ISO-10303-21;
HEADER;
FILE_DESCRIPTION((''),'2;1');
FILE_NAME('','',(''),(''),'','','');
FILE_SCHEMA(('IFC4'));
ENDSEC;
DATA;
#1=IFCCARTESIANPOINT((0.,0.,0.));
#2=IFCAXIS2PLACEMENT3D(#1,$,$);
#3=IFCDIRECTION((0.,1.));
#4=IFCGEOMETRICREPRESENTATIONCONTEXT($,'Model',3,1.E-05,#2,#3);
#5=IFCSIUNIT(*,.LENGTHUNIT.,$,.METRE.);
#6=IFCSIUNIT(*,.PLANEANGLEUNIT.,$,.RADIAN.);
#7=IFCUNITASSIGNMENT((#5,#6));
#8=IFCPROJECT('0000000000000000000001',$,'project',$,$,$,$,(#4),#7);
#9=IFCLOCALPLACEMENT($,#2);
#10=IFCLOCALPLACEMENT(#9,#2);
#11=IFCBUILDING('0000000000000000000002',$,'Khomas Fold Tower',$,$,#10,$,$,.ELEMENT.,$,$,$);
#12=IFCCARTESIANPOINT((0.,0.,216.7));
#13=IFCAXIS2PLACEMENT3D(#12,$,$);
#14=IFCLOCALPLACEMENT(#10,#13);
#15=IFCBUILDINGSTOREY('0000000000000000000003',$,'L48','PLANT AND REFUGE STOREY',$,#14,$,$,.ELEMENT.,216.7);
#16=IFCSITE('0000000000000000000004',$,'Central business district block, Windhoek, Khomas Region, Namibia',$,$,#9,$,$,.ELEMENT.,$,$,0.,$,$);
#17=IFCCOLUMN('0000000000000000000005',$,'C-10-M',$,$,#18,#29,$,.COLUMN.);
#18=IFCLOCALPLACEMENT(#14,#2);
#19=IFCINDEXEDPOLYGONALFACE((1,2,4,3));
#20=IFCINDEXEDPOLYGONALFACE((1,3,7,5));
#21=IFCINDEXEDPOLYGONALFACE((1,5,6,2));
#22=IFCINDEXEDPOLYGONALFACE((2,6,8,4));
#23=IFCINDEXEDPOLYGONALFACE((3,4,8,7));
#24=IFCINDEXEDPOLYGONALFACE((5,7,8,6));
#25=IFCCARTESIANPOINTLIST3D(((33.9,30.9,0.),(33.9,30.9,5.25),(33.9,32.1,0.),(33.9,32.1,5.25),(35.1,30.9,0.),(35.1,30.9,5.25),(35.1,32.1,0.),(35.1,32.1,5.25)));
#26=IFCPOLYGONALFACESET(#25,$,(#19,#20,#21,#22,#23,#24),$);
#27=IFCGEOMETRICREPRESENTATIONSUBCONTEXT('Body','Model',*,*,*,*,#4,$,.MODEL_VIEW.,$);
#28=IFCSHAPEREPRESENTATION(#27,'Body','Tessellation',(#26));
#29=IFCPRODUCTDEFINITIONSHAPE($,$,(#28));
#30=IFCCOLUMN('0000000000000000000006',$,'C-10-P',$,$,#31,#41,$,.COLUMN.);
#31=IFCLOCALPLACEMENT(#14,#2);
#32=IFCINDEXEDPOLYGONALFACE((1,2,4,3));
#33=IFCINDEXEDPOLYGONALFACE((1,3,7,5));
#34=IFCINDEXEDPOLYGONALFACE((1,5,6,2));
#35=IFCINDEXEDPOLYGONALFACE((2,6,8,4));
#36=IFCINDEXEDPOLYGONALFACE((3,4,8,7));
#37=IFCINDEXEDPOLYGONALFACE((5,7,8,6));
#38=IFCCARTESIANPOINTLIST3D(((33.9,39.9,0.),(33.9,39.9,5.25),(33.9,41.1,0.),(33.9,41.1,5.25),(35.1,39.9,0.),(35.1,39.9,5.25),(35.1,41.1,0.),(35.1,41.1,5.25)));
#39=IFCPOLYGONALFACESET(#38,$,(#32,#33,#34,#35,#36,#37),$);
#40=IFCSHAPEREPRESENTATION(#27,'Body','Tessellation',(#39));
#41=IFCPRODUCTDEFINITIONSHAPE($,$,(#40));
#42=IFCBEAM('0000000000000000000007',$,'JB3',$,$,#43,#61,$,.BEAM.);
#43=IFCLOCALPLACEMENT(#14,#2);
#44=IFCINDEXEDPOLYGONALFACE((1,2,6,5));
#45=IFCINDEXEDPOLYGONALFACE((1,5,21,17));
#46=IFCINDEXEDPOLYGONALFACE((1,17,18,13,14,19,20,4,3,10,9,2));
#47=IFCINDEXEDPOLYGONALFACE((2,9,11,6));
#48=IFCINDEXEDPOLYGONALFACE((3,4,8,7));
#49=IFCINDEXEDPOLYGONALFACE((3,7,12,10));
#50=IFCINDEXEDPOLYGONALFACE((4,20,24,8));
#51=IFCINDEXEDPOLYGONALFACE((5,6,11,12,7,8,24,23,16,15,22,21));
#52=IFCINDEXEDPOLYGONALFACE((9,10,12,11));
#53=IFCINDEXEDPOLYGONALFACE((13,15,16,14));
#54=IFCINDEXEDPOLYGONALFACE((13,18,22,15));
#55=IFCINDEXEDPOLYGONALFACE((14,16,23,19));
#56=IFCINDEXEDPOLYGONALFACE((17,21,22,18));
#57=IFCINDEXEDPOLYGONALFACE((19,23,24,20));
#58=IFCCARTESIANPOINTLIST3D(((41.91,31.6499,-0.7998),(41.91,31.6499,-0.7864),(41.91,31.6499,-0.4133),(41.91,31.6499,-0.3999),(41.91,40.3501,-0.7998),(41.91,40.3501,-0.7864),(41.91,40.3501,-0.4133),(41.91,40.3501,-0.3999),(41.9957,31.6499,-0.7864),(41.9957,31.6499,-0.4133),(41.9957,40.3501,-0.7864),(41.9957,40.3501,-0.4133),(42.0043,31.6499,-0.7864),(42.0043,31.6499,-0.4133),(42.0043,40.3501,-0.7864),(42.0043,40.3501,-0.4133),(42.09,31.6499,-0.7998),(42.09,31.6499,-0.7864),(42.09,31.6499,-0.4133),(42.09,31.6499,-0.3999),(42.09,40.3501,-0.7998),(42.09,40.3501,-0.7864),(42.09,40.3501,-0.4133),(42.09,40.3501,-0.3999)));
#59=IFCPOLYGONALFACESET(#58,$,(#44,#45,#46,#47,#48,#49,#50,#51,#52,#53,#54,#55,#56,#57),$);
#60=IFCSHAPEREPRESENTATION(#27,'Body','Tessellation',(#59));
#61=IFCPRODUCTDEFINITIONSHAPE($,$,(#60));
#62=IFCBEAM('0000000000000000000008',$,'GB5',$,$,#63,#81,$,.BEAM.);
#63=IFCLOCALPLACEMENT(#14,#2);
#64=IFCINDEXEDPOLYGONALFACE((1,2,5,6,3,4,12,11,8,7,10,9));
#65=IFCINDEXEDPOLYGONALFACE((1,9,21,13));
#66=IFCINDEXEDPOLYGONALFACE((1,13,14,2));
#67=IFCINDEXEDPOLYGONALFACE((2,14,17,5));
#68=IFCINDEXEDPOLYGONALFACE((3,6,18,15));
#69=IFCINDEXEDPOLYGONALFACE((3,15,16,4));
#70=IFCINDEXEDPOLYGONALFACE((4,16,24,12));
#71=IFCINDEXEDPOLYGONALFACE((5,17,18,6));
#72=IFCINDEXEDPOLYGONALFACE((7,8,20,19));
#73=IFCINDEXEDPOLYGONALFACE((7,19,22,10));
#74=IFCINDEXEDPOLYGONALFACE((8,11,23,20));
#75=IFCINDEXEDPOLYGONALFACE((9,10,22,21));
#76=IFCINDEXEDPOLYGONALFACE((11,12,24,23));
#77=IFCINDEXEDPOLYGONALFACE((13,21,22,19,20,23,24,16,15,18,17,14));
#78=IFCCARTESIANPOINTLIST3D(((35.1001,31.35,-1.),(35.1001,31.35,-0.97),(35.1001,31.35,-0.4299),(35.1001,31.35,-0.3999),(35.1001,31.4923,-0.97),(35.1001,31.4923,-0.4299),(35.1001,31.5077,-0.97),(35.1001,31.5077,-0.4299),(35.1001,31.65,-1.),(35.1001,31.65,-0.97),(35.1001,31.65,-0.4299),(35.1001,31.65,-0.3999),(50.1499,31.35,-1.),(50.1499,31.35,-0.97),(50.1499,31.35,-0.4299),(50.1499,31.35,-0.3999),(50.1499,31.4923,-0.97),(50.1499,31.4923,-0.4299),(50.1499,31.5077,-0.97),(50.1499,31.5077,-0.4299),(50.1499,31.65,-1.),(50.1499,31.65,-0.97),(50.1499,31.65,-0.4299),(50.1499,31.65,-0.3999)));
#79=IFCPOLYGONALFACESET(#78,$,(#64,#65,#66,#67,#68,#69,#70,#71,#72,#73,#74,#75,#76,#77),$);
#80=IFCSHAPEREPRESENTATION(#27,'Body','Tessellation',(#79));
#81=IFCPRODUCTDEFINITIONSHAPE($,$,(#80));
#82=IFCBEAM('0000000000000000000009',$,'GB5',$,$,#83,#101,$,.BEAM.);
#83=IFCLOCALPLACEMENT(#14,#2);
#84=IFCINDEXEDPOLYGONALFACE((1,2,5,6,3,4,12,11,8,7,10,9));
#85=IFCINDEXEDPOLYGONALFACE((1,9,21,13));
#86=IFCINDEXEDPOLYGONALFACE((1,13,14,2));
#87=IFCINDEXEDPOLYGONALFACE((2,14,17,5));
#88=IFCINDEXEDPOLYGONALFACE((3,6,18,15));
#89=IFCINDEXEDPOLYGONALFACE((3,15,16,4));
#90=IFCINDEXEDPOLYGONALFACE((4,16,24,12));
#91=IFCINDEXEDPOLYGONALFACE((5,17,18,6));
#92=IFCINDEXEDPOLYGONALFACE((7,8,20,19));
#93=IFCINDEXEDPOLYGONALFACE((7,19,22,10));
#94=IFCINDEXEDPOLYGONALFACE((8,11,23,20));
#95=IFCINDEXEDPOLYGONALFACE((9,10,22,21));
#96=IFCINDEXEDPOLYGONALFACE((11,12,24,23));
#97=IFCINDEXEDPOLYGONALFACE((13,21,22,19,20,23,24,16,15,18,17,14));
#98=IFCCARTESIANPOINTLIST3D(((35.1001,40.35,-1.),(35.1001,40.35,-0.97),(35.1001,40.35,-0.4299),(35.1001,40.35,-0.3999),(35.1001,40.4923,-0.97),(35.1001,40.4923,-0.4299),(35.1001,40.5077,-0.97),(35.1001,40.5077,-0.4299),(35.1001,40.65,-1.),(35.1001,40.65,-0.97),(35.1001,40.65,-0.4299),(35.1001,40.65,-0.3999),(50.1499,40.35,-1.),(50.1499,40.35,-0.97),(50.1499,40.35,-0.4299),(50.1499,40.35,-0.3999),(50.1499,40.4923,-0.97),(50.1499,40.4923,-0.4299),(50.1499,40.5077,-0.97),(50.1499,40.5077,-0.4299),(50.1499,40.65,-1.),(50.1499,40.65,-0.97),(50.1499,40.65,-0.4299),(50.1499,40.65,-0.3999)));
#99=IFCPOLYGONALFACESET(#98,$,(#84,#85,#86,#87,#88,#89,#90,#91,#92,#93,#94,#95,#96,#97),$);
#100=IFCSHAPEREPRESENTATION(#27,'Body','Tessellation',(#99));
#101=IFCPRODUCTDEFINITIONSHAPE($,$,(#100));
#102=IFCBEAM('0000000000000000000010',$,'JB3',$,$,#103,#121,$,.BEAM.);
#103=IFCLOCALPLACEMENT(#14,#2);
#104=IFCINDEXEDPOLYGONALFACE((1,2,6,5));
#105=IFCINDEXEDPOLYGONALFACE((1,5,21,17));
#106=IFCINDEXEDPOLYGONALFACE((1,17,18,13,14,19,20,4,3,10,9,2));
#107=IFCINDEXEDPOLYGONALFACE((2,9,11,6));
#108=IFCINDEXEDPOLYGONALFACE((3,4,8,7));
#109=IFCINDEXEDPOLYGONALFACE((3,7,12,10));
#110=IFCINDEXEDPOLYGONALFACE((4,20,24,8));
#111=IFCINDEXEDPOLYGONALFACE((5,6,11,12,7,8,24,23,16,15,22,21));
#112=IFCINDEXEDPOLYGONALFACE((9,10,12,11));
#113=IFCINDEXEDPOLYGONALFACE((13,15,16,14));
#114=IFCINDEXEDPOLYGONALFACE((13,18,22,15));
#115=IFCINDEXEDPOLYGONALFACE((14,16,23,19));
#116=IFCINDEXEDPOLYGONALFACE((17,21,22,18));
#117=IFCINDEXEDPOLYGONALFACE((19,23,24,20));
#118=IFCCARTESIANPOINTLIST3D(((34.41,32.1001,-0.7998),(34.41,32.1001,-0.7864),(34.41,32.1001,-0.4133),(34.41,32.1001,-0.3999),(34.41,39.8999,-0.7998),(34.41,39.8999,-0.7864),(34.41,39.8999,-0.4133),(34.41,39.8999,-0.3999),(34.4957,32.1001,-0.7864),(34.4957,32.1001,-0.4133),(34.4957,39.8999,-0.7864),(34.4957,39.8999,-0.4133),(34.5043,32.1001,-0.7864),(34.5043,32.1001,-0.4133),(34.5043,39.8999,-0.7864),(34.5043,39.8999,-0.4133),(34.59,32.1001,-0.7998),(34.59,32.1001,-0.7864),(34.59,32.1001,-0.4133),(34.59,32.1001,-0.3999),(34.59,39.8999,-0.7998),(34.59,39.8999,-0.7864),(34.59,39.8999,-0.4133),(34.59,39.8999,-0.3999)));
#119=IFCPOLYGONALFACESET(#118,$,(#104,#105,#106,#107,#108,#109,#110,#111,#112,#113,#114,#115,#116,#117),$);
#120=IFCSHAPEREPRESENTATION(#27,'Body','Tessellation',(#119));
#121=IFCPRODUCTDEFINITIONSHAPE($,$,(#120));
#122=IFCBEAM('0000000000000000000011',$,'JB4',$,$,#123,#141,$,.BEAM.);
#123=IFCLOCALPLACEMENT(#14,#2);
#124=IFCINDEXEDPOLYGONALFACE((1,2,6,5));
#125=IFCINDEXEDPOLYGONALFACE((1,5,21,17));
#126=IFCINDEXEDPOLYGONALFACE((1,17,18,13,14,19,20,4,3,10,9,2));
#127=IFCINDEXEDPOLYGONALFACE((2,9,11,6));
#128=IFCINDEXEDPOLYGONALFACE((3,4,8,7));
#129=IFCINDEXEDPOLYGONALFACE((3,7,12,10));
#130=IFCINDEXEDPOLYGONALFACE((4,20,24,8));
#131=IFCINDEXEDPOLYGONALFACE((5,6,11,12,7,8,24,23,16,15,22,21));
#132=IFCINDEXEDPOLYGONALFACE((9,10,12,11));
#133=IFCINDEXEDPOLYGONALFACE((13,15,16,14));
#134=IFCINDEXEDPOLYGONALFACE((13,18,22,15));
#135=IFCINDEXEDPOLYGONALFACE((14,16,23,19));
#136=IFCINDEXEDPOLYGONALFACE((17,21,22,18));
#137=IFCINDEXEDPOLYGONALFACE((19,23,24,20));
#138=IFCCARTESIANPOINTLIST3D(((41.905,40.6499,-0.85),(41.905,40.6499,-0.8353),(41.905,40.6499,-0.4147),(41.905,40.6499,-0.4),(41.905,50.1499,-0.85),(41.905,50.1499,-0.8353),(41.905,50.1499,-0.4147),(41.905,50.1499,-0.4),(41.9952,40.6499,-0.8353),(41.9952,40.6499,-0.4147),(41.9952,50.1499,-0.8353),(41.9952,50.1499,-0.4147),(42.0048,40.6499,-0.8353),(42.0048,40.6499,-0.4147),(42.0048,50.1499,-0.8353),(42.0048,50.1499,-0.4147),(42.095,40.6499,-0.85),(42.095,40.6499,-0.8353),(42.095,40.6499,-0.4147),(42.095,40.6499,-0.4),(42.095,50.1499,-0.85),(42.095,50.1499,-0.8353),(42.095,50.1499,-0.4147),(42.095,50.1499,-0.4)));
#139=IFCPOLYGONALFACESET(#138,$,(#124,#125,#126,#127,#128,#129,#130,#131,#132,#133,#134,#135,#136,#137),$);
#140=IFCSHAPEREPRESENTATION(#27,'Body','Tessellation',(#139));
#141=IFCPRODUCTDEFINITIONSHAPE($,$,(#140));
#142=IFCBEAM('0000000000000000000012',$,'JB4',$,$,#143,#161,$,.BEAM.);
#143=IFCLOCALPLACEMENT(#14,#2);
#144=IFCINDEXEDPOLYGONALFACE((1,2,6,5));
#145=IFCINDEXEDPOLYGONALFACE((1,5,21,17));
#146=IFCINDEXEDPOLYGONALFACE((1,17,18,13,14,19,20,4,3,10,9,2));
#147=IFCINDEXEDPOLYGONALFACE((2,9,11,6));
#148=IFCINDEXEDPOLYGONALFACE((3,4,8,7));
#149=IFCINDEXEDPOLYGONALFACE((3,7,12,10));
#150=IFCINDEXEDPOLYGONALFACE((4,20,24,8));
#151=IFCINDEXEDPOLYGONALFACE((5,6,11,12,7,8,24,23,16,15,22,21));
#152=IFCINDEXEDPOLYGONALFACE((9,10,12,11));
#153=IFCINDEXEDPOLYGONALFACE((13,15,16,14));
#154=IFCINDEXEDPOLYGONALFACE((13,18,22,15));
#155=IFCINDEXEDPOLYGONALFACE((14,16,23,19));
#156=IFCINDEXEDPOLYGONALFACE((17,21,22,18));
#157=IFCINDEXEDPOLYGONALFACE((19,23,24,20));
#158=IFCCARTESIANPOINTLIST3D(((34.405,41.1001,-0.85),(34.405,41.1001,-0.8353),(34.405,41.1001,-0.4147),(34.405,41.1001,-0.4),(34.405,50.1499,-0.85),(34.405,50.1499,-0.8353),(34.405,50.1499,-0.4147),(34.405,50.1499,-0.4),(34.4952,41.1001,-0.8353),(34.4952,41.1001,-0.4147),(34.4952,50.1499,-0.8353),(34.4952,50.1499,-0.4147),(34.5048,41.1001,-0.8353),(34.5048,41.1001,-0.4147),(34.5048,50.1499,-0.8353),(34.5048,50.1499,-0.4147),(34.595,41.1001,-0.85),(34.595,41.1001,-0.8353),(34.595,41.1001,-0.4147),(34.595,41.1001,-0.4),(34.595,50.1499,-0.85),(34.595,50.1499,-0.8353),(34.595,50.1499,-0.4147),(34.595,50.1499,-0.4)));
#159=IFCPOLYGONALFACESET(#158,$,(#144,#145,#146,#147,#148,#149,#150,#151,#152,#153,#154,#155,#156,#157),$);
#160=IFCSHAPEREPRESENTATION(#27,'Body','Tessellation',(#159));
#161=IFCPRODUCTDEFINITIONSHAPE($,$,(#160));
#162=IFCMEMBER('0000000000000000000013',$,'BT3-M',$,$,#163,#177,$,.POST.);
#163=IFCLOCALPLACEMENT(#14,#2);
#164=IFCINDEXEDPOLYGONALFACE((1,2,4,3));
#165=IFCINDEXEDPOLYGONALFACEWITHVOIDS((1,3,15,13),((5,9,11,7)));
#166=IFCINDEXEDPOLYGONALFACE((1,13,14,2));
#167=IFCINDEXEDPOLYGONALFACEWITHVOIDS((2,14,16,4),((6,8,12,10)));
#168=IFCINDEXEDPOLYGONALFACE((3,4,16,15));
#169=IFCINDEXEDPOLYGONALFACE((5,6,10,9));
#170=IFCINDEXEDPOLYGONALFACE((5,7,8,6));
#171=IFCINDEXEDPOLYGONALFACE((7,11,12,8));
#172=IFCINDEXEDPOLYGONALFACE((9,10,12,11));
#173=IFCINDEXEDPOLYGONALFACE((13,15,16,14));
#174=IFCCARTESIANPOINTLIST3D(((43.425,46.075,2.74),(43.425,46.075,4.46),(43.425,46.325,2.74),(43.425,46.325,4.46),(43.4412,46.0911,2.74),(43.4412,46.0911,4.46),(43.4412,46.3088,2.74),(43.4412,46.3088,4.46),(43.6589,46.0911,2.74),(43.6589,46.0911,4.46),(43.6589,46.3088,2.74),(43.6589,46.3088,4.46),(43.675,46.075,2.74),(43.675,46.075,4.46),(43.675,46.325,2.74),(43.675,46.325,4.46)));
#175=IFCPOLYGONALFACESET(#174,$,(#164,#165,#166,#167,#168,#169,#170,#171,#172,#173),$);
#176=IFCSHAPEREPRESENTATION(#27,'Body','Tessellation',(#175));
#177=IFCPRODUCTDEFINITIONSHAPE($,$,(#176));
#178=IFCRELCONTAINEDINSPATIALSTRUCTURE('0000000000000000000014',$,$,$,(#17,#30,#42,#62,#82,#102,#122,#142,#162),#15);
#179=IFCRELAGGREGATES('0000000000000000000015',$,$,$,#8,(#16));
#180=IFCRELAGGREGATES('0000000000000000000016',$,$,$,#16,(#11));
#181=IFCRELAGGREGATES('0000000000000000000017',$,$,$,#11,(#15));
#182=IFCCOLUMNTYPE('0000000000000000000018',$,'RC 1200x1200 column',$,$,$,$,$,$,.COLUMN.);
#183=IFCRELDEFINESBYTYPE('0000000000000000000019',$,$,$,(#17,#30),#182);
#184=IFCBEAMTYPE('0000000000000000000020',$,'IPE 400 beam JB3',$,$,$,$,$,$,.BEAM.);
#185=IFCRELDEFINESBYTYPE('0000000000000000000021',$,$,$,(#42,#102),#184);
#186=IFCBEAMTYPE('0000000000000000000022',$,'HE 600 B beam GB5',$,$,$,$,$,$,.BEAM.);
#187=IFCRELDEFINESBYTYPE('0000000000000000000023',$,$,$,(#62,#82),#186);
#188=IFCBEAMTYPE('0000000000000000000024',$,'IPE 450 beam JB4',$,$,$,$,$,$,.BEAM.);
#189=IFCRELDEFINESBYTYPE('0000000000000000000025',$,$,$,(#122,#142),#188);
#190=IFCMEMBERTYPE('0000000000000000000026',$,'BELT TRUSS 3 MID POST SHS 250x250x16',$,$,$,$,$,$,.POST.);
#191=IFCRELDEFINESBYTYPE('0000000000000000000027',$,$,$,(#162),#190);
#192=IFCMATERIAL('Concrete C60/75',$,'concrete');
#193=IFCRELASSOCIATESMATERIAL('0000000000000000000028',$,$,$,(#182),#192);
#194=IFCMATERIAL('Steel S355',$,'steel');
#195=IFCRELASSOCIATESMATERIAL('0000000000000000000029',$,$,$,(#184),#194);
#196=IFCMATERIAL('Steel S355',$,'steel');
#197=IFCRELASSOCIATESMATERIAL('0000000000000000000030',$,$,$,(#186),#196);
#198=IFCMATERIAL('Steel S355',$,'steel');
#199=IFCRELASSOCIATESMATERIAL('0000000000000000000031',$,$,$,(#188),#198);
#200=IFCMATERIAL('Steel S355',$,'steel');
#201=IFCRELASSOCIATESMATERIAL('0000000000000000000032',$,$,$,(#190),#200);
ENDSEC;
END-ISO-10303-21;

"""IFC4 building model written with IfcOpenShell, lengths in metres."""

from ifc_helpers import new_model, si_unit, direction, frame, origin, origin_2d, place, context, subcontext, project, spatial, rectangle, hollow_rectangle, i_section, extrude, source, transform, mapped, material, material_profile, profile_set, type_object, element, save


model = new_model("IFC4")

# Units and contexts
model_context = context("Model", 3, precision=1e-05, world=origin(), true_north=direction((0.0, 1.0)))
body_context = subcontext(model_context, "Body", "Model", "MODEL_VIEW")
ifc_project = project(units=[si_unit("LENGTHUNIT", "METRE"), si_unit("PLANEANGLEUNIT", "RADIAN")], contexts=[model_context])

# Site, building, storey
site_placement = place(None, origin())
site = spatial("IfcSite", under=ifc_project, at=site_placement, Name="Central business district block, Windhoek, Khomas Region, Namibia", CompositionType="ELEMENT", RefElevation=0.0)
building_placement = place(site_placement, origin())
building = spatial("IfcBuilding", under=site, at=building_placement, Name="Khomas Fold Tower", CompositionType="ELEMENT")
storey_placement = place(building_placement, frame((0.0, 0.0, 216.7)))
storey = spatial("IfcBuildingStorey", under=building, at=storey_placement, Name="L48", Description="PLANT AND REFUGE STOREY", CompositionType="ELEMENT", Elevation=216.7)

# Columns
ifc_material_1 = material(Name="Concrete C60/75", Category="concrete")
ifc_material_profile_1 = material_profile(ifc_material_1, rectangle(XDim=1.2, YDim=1.2, at=origin_2d()), Name="RC 1200x1200")
ifc_profile_set_1 = profile_set([ifc_material_profile_1], Name="Concrete C60/75")
column_type = type_object("IfcColumnType", Name="RC 1200x1200 column", PredefinedType="COLUMN", material=ifc_profile_set_1)
shared_shape_1 = source(origin(), body_context, "Body", "SweptSolid", [
    extrude(rectangle(XDim=1.2, YDim=1.2, at=origin_2d()), origin(), (0.0, 0.0, 1.0), 5.25),
])
for number, where, z_axis, x_axis, name in (
    (1, (34.5, 31.5, 0.0), (0.0, 0.0, 1.0), (1.0, 0.0, 0.0), "C-10-M"),
    (2, (34.5, 40.5, 0.0), (0.0, 0.0, 1.0), (1.0, 0.0, 0.0), "C-10-P"),
):
    element("IfcColumn", number, at=place(storey_placement, frame(where, z_axis=z_axis, x_axis=x_axis)), inside=storey, type_object=column_type, Name=name, PredefinedType="COLUMN", context=body_context, shape_type="MappedRepresentation", body=[
        mapped(shared_shape_1, transform((0.0, 0.0, 0.0))),
    ])

# Beams
ifc_material_2 = material(Name="Steel S355", Category="steel")
ifc_material_profile_2 = material_profile(ifc_material_2, i_section(OverallWidth=0.1799, OverallDepth=0.3999, WebThickness=0.0085, FlangeThickness=0.0134, at=origin_2d()), Name="IPE 400")
ifc_profile_set_2 = profile_set([ifc_material_profile_2], Name="Steel S355")
beam_type_1 = type_object("IfcBeamType", Name="IPE 400 beam JB3", PredefinedType="BEAM", material=ifc_profile_set_2)
shared_shape_2 = source(origin(), body_context, "Body", "SweptSolid", [
    extrude(i_section(OverallWidth=0.1799, OverallDepth=0.3999, WebThickness=0.0085, FlangeThickness=0.0134, at=origin_2d()), origin(), (0.0, 0.0, 1.0), 8.7002),
])
beam_1_placement = place(storey_placement, frame((42.0, 31.6499, -0.5999), z_axis=(0.0, 1.0, 0.0), x_axis=(-1.0, 0.0, 0.0)))
element("IfcBeam", 3, at=beam_1_placement, inside=storey, type_object=beam_type_1, Name="JB3", PredefinedType="BEAM", context=body_context, shape_type="MappedRepresentation", body=[
    mapped(shared_shape_2, transform((0.0, 0.0, 0.0))),
])
ifc_material_3 = material(Name="Steel S355", Category="steel")
ifc_material_profile_3 = material_profile(ifc_material_3, i_section(OverallWidth=0.3, OverallDepth=0.6001, WebThickness=0.0154, FlangeThickness=0.03, at=origin_2d()), Name="HE 600 B")
ifc_profile_set_3 = profile_set([ifc_material_profile_3], Name="Steel S355")
beam_type_2 = type_object("IfcBeamType", Name="HE 600 B beam GB5", PredefinedType="BEAM", material=ifc_profile_set_3)
shared_shape_3 = source(origin(), body_context, "Body", "SweptSolid", [
    extrude(i_section(OverallWidth=0.3, OverallDepth=0.6001, WebThickness=0.0154, FlangeThickness=0.03, at=origin_2d()), origin(), (0.0, 0.0, 1.0), 15.0498),
])
for number, where, z_axis, x_axis, name in (
    (4, (35.1001, 31.5, -0.7), (1.0, 0.0, 0.0), (0.0, 1.0, 0.0), "GB5"),
    (5, (35.1001, 40.5, -0.7), (1.0, 0.0, 0.0), (0.0, 1.0, 0.0), "GB5"),
):
    element("IfcBeam", number, at=place(storey_placement, frame(where, z_axis=z_axis, x_axis=x_axis)), inside=storey, type_object=beam_type_2, Name=name, PredefinedType="BEAM", context=body_context, shape_type="MappedRepresentation", body=[
        mapped(shared_shape_3, transform((0.0, 0.0, 0.0))),
    ])
shared_shape_4 = source(origin(), body_context, "Body", "SweptSolid", [
    extrude(i_section(OverallWidth=0.1799, OverallDepth=0.3999, WebThickness=0.0085, FlangeThickness=0.0134, at=origin_2d()), origin(), (0.0, 0.0, 1.0), 7.7998),
])
beam_2_placement = place(storey_placement, frame((34.5, 32.1001, -0.5999), z_axis=(0.0, 1.0, 0.0), x_axis=(-1.0, 0.0, 0.0)))
element("IfcBeam", 6, at=beam_2_placement, inside=storey, type_object=beam_type_1, Name="JB3", PredefinedType="BEAM", context=body_context, shape_type="MappedRepresentation", body=[
    mapped(shared_shape_4, transform((0.0, 0.0, 0.0))),
])
ifc_material_4 = material(Name="Steel S355", Category="steel")
ifc_material_profile_4 = material_profile(ifc_material_4, i_section(OverallWidth=0.1899, OverallDepth=0.45, WebThickness=0.0095, FlangeThickness=0.0146, at=origin_2d()), Name="IPE 450")
ifc_profile_set_4 = profile_set([ifc_material_profile_4], Name="Steel S355")
beam_type_3 = type_object("IfcBeamType", Name="IPE 450 beam JB4", PredefinedType="BEAM", material=ifc_profile_set_4)
shared_shape_5 = source(origin(), body_context, "Body", "SweptSolid", [
    extrude(i_section(OverallWidth=0.1899, OverallDepth=0.45, WebThickness=0.0095, FlangeThickness=0.0146, at=origin_2d()), origin(), (0.0, 0.0, 1.0), 9.5),
])
beam_3_placement = place(storey_placement, frame((42.0, 40.6499, -0.625), z_axis=(0.0, 1.0, 0.0), x_axis=(-1.0, 0.0, 0.0)))
element("IfcBeam", 7, at=beam_3_placement, inside=storey, type_object=beam_type_3, Name="JB4", PredefinedType="BEAM", context=body_context, shape_type="MappedRepresentation", body=[
    mapped(shared_shape_5, transform((0.0, 0.0, 0.0))),
])
shared_shape_6 = source(origin(), body_context, "Body", "SweptSolid", [
    extrude(i_section(OverallWidth=0.1899, OverallDepth=0.45, WebThickness=0.0095, FlangeThickness=0.0146, at=origin_2d()), origin(), (0.0, 0.0, 1.0), 9.0498),
])
beam_4_placement = place(storey_placement, frame((34.5, 41.1001, -0.625), z_axis=(0.0, 1.0, 0.0), x_axis=(-1.0, 0.0, 0.0)))
element("IfcBeam", 8, at=beam_4_placement, inside=storey, type_object=beam_type_3, Name="JB4", PredefinedType="BEAM", context=body_context, shape_type="MappedRepresentation", body=[
    mapped(shared_shape_6, transform((0.0, 0.0, 0.0))),
])

# Member
ifc_material_5 = material(Name="Steel S355", Category="steel")
ifc_material_profile_5 = material_profile(ifc_material_5, hollow_rectangle(XDim=0.25, YDim=0.25, WallThickness=0.0161, at=origin_2d()), Name="SHS 250x250x16")
ifc_profile_set_5 = profile_set([ifc_material_profile_5], Name="Steel S355")
member_type_1 = type_object("IfcMemberType", Name="BELT TRUSS 3 MID POST SHS 250x250x16", PredefinedType="POST", material=ifc_profile_set_5)
shared_shape_7 = source(origin(), body_context, "Body", "SweptSolid", [
    extrude(hollow_rectangle(XDim=0.25, YDim=0.25, WallThickness=0.0161, at=origin_2d()), origin(), (0.0, 0.0, 1.0), 1.72),
])
member_1_placement = place(storey_placement, frame((43.55, 46.2, 2.74), z_axis=(0.0, 0.0, 1.0), x_axis=(1.0, 0.0, 0.0)))
element("IfcMember", 9, at=member_1_placement, inside=storey, type_object=member_type_1, Name="BT3-M", PredefinedType="POST", context=body_context, shape_type="MappedRepresentation", body=[
    mapped(shared_shape_7, transform((0.0, 0.0, 0.0))),
])

save(model, "model.ifc")
